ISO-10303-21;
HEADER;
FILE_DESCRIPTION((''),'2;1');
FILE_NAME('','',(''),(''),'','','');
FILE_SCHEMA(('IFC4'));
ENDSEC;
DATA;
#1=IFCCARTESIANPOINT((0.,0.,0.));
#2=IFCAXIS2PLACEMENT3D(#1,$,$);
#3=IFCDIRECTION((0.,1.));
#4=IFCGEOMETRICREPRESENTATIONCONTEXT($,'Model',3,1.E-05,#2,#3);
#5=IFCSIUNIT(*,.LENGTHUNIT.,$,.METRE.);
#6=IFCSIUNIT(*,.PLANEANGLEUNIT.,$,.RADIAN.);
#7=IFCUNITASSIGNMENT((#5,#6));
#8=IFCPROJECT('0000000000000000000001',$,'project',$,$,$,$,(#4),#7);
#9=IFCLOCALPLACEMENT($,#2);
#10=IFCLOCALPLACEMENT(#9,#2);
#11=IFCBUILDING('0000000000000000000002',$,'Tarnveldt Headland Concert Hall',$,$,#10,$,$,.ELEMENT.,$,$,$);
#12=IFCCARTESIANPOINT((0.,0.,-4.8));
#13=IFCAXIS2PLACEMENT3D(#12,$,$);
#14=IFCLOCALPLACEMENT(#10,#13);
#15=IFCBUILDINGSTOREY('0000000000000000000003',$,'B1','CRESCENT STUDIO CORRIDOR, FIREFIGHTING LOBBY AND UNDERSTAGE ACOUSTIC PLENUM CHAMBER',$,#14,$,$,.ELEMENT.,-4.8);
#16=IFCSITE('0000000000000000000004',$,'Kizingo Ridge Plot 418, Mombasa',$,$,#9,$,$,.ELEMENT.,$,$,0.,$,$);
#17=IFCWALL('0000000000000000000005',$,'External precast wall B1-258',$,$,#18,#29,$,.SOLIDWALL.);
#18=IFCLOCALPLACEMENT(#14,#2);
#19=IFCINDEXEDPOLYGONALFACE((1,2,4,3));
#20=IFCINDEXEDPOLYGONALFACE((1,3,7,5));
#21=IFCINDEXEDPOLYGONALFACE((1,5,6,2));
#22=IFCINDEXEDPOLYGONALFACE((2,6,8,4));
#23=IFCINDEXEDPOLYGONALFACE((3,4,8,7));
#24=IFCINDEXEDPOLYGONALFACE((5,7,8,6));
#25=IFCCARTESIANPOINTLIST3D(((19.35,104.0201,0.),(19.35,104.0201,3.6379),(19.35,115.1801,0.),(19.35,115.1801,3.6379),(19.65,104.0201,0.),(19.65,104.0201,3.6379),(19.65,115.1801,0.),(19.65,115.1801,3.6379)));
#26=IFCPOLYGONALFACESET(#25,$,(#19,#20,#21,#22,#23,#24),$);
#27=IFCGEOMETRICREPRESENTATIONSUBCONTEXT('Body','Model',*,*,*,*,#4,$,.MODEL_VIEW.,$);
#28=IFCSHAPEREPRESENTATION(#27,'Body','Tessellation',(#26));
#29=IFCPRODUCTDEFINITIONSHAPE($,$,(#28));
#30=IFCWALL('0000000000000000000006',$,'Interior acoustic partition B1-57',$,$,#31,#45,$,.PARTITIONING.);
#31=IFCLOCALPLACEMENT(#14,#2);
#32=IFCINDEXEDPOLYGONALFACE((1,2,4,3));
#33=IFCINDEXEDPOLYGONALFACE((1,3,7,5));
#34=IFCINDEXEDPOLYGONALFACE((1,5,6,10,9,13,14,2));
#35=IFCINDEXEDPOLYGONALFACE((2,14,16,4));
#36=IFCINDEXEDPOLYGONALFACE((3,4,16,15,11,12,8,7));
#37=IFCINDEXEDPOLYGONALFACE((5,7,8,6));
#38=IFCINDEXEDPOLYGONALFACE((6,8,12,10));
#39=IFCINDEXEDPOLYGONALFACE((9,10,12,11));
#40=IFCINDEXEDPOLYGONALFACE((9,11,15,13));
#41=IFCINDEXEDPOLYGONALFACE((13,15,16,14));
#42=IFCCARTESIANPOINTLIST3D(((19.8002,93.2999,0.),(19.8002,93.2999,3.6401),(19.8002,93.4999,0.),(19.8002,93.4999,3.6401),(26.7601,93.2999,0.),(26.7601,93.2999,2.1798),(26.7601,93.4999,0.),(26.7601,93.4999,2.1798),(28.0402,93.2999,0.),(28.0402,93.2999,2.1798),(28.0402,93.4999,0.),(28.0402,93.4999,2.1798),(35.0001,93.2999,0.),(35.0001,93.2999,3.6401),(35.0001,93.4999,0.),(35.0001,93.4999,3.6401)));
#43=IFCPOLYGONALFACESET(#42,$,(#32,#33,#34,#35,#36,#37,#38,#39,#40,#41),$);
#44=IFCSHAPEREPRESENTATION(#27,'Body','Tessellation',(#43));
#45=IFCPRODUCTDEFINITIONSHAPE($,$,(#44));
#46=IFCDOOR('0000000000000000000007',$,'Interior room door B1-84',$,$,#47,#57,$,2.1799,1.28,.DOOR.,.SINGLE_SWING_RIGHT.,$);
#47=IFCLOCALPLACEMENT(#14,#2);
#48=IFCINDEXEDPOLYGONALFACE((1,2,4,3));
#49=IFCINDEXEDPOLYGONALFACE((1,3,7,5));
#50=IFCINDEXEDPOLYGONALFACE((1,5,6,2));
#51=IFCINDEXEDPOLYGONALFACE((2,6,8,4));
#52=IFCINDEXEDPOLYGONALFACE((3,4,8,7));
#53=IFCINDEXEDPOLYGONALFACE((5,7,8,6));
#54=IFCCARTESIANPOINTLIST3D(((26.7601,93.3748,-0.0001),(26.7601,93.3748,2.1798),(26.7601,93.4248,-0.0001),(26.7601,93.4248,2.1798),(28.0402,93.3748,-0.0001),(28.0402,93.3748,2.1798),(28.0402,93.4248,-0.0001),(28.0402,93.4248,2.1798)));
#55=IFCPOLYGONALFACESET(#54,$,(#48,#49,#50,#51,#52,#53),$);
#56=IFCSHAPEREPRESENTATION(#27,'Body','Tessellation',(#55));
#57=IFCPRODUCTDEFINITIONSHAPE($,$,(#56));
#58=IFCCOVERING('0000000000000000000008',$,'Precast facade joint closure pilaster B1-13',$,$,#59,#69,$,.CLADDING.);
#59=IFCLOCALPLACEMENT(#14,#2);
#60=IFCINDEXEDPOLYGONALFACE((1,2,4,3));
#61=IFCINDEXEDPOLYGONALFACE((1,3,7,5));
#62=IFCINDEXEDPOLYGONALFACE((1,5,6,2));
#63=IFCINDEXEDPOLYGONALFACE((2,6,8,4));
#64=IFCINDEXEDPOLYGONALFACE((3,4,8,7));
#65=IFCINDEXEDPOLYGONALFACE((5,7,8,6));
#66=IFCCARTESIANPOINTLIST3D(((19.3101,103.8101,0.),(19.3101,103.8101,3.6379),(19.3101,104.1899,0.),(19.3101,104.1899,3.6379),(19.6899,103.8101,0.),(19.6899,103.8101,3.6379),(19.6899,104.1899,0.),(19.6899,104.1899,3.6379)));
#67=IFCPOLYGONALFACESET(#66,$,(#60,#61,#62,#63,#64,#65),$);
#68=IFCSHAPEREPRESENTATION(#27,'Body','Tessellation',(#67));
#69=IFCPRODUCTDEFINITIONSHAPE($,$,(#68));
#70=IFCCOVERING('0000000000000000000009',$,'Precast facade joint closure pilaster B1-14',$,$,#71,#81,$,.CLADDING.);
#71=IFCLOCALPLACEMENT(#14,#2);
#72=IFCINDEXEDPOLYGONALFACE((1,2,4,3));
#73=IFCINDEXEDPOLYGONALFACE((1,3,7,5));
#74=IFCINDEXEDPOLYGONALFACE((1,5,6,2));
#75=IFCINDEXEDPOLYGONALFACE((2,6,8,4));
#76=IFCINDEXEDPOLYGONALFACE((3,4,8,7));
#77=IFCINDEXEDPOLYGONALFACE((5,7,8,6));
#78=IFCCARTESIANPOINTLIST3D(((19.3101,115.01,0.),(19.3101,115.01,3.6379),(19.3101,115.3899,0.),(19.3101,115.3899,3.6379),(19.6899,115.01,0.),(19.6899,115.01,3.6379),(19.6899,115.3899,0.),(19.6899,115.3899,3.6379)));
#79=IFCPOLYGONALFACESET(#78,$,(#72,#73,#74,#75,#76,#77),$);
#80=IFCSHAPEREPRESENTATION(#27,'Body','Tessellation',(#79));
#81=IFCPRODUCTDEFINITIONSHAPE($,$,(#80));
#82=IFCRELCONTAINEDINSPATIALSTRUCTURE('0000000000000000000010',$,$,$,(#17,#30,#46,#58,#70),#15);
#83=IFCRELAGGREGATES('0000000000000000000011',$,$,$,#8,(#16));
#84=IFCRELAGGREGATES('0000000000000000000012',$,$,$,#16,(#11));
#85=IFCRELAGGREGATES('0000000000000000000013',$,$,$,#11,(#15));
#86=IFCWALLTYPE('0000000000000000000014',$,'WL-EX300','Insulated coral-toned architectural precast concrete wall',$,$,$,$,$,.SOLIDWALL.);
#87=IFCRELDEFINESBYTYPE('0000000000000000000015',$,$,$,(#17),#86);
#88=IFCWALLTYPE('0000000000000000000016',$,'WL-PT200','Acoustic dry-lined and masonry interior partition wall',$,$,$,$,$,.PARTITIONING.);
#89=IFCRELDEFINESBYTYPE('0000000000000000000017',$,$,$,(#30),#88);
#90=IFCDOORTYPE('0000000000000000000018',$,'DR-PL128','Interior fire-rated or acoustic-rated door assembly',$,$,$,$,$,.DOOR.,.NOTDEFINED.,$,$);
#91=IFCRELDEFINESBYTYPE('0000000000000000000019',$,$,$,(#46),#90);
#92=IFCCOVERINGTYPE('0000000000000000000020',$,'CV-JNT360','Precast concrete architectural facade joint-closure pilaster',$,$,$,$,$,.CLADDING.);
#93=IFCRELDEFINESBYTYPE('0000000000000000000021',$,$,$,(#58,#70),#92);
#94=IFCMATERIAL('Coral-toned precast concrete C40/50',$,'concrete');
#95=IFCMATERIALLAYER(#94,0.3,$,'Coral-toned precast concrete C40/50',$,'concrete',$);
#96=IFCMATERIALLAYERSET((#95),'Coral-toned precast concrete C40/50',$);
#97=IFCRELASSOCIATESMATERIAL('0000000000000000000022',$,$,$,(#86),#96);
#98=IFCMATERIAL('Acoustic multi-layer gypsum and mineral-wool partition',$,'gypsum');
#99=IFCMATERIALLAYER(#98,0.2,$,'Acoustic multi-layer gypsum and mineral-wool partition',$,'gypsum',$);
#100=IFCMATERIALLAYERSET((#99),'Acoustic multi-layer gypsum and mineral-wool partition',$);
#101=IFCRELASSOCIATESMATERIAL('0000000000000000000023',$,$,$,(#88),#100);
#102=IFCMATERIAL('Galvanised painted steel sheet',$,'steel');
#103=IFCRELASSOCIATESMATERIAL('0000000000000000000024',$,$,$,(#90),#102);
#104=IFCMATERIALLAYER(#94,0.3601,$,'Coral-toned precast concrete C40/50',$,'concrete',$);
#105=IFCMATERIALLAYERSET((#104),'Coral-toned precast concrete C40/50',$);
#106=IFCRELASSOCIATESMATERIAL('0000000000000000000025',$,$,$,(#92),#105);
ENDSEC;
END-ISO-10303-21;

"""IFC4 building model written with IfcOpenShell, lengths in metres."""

from ifc_helpers import new_model, si_unit, direction, frame, frame_2d, origin, origin_2d, place, context, subcontext, project, spatial, rectangle, extrude, material, layer, layer_set, type_object, element, fill, save


model = new_model("IFC4")

# Units and contexts
model_context = context("Model", 3, precision=1e-05, world=origin(), true_north=direction((0.0, 1.0)))
body_context = subcontext(model_context, "Body", "Model", "MODEL_VIEW")
ifc_project = project(units=[si_unit("LENGTHUNIT", "METRE"), si_unit("PLANEANGLEUNIT", "RADIAN")], contexts=[model_context])

# Site, building, storey
site_placement = place(None, origin())
site = spatial("IfcSite", under=ifc_project, at=site_placement, Name="Kizingo Ridge Plot 418, Mombasa", CompositionType="ELEMENT", RefElevation=0.0)
building_placement = place(site_placement, origin())
building = spatial("IfcBuilding", under=site, at=building_placement, Name="Tarnveldt Headland Concert Hall", CompositionType="ELEMENT")
storey_placement = place(building_placement, frame((0.0, 0.0, -4.8)))
storey = spatial("IfcBuildingStorey", under=building, at=storey_placement, Name="B1", Description="CRESCENT STUDIO CORRIDOR, FIREFIGHTING LOBBY AND UNDERSTAGE ACOUSTIC PLENUM CHAMBER", CompositionType="ELEMENT", Elevation=-4.8)

# Wall
ifc_material_1 = material(Name="Coral-toned precast concrete C40/50", Category="concrete")
ifc_layer_1 = layer(ifc_material_1, 0.3, Name="Coral-toned precast concrete C40/50", Category="concrete")
ifc_layer_set_1 = layer_set([ifc_layer_1], Name="Coral-toned precast concrete C40/50")
wall_type_1 = type_object("IfcWallType", Name="WL-EX300", Description="Insulated coral-toned architectural precast concrete wall", PredefinedType="SOLIDWALL", material=ifc_layer_set_1)
wall_1_placement = place(storey_placement, frame((19.5, 104.02, 0.0), z_axis=(0.0, 0.0, 1.0), x_axis=(0.0, 1.0, 0.0)))
element("IfcWall", 1, at=wall_1_placement, inside=storey, type_object=wall_type_1, Name="External precast wall B1-258", PredefinedType="SOLIDWALL", context=body_context, shape_type="SweptSolid", body=[
    extrude(rectangle(XDim=11.1599, YDim=0.3, at=frame_2d((5.5801, 0.0))), origin(), (0.0, 0.0, 1.0), 3.6379),
])

# Wall, opening, door
ifc_material_2 = material(Name="Acoustic multi-layer gypsum and mineral-wool partition", Category="gypsum")
ifc_layer_2 = layer(ifc_material_2, 0.2, Name="Acoustic multi-layer gypsum and mineral-wool partition", Category="gypsum")
ifc_layer_set_2 = layer_set([ifc_layer_2], Name="Acoustic multi-layer gypsum and mineral-wool partition")
wall_type_2 = type_object("IfcWallType", Name="WL-PT200", Description="Acoustic dry-lined and masonry interior partition wall", PredefinedType="PARTITIONING", material=ifc_layer_set_2)
wall_2_placement = place(storey_placement, frame((19.8, 93.3999, 0.0), z_axis=(0.0, 0.0, 1.0), x_axis=(1.0, 0.0, 0.0)))
wall_2 = element("IfcWall", 2, at=wall_2_placement, inside=storey, type_object=wall_type_2, Name="Interior acoustic partition B1-57", PredefinedType="PARTITIONING", context=body_context, shape_type="SweptSolid", body=[
    extrude(rectangle(XDim=15.2, YDim=0.2, at=frame_2d((7.6001, 0.0))), origin(), (0.0, 0.0, 1.0), 3.6401),
])
opening_placement = place(wall_2_placement, frame((6.96, 0.0, 0.0)))
opening = element("IfcOpeningElement", 3, at=opening_placement, cuts=wall_2, PredefinedType="OPENING", context=body_context, shape_type="SweptSolid", body=[
    extrude(rectangle(XDim=1.28, YDim=2.1799, at=frame_2d((0.6401, 1.0898))), frame((0.0, 0.1099, 0.0), z_axis=(0.0, -1.0, 0.0), x_axis=(1.0, 0.0, 0.0)), (0.0, 0.0, 1.0), 0.22),
])
ifc_material_3 = material(Name="Galvanised painted steel sheet", Category="steel")
door_type = type_object("IfcDoorType", Name="DR-PL128", Description="Interior fire-rated or acoustic-rated door assembly", OperationType="NOTDEFINED", PredefinedType="DOOR", material=ifc_material_3)
door_placement = place(opening_placement, origin())
door = element("IfcDoor", 4, at=door_placement, inside=storey, type_object=door_type, Name="Interior room door B1-84", OperationType="SINGLE_SWING_RIGHT", OverallHeight=2.1799, OverallWidth=1.28, PredefinedType="DOOR", context=body_context, shape_type="SweptSolid", body=[
    extrude(rectangle(XDim=1.28, YDim=2.1799, at=frame_2d((0.6401, 1.0898))), frame((0.0, 0.0249, 0.0), z_axis=(0.0, -1.0, 0.0), x_axis=(1.0, 0.0, 0.0)), (0.0, 0.0, 1.0), 0.05),
])
fill(opening, door)

# Coverings
ifc_layer_3 = layer(ifc_material_1, 0.3601, Name="Coral-toned precast concrete C40/50", Category="concrete")
ifc_layer_set_3 = layer_set([ifc_layer_3], Name="Coral-toned precast concrete C40/50")
covering_type = type_object("IfcCoveringType", Name="CV-JNT360", Description="Precast concrete architectural facade joint-closure pilaster", PredefinedType="CLADDING", material=ifc_layer_set_3)
for number, where, z_axis, x_axis, name in (
    (5, (19.5, 104.0, 0.0), (0.0, 0.0, 1.0), (0.0, 1.0, 0.0), "Precast facade joint closure pilaster B1-13"),
    (6, (19.5, 115.2, 0.0), (0.0, 0.0, 1.0), (1.0, 0.0, 0.0), "Precast facade joint closure pilaster B1-14"),
):
    element("IfcCovering", number, at=place(storey_placement, frame(where, z_axis=z_axis, x_axis=x_axis)), inside=storey, type_object=covering_type, Name=name, PredefinedType="CLADDING", context=body_context, shape_type="SweptSolid", body=[
        extrude(rectangle(XDim=0.3799, YDim=0.3799, at=origin_2d()), origin(), (0.0, 0.0, 1.0), 3.6379),
    ])

save(model, "model.ifc")
